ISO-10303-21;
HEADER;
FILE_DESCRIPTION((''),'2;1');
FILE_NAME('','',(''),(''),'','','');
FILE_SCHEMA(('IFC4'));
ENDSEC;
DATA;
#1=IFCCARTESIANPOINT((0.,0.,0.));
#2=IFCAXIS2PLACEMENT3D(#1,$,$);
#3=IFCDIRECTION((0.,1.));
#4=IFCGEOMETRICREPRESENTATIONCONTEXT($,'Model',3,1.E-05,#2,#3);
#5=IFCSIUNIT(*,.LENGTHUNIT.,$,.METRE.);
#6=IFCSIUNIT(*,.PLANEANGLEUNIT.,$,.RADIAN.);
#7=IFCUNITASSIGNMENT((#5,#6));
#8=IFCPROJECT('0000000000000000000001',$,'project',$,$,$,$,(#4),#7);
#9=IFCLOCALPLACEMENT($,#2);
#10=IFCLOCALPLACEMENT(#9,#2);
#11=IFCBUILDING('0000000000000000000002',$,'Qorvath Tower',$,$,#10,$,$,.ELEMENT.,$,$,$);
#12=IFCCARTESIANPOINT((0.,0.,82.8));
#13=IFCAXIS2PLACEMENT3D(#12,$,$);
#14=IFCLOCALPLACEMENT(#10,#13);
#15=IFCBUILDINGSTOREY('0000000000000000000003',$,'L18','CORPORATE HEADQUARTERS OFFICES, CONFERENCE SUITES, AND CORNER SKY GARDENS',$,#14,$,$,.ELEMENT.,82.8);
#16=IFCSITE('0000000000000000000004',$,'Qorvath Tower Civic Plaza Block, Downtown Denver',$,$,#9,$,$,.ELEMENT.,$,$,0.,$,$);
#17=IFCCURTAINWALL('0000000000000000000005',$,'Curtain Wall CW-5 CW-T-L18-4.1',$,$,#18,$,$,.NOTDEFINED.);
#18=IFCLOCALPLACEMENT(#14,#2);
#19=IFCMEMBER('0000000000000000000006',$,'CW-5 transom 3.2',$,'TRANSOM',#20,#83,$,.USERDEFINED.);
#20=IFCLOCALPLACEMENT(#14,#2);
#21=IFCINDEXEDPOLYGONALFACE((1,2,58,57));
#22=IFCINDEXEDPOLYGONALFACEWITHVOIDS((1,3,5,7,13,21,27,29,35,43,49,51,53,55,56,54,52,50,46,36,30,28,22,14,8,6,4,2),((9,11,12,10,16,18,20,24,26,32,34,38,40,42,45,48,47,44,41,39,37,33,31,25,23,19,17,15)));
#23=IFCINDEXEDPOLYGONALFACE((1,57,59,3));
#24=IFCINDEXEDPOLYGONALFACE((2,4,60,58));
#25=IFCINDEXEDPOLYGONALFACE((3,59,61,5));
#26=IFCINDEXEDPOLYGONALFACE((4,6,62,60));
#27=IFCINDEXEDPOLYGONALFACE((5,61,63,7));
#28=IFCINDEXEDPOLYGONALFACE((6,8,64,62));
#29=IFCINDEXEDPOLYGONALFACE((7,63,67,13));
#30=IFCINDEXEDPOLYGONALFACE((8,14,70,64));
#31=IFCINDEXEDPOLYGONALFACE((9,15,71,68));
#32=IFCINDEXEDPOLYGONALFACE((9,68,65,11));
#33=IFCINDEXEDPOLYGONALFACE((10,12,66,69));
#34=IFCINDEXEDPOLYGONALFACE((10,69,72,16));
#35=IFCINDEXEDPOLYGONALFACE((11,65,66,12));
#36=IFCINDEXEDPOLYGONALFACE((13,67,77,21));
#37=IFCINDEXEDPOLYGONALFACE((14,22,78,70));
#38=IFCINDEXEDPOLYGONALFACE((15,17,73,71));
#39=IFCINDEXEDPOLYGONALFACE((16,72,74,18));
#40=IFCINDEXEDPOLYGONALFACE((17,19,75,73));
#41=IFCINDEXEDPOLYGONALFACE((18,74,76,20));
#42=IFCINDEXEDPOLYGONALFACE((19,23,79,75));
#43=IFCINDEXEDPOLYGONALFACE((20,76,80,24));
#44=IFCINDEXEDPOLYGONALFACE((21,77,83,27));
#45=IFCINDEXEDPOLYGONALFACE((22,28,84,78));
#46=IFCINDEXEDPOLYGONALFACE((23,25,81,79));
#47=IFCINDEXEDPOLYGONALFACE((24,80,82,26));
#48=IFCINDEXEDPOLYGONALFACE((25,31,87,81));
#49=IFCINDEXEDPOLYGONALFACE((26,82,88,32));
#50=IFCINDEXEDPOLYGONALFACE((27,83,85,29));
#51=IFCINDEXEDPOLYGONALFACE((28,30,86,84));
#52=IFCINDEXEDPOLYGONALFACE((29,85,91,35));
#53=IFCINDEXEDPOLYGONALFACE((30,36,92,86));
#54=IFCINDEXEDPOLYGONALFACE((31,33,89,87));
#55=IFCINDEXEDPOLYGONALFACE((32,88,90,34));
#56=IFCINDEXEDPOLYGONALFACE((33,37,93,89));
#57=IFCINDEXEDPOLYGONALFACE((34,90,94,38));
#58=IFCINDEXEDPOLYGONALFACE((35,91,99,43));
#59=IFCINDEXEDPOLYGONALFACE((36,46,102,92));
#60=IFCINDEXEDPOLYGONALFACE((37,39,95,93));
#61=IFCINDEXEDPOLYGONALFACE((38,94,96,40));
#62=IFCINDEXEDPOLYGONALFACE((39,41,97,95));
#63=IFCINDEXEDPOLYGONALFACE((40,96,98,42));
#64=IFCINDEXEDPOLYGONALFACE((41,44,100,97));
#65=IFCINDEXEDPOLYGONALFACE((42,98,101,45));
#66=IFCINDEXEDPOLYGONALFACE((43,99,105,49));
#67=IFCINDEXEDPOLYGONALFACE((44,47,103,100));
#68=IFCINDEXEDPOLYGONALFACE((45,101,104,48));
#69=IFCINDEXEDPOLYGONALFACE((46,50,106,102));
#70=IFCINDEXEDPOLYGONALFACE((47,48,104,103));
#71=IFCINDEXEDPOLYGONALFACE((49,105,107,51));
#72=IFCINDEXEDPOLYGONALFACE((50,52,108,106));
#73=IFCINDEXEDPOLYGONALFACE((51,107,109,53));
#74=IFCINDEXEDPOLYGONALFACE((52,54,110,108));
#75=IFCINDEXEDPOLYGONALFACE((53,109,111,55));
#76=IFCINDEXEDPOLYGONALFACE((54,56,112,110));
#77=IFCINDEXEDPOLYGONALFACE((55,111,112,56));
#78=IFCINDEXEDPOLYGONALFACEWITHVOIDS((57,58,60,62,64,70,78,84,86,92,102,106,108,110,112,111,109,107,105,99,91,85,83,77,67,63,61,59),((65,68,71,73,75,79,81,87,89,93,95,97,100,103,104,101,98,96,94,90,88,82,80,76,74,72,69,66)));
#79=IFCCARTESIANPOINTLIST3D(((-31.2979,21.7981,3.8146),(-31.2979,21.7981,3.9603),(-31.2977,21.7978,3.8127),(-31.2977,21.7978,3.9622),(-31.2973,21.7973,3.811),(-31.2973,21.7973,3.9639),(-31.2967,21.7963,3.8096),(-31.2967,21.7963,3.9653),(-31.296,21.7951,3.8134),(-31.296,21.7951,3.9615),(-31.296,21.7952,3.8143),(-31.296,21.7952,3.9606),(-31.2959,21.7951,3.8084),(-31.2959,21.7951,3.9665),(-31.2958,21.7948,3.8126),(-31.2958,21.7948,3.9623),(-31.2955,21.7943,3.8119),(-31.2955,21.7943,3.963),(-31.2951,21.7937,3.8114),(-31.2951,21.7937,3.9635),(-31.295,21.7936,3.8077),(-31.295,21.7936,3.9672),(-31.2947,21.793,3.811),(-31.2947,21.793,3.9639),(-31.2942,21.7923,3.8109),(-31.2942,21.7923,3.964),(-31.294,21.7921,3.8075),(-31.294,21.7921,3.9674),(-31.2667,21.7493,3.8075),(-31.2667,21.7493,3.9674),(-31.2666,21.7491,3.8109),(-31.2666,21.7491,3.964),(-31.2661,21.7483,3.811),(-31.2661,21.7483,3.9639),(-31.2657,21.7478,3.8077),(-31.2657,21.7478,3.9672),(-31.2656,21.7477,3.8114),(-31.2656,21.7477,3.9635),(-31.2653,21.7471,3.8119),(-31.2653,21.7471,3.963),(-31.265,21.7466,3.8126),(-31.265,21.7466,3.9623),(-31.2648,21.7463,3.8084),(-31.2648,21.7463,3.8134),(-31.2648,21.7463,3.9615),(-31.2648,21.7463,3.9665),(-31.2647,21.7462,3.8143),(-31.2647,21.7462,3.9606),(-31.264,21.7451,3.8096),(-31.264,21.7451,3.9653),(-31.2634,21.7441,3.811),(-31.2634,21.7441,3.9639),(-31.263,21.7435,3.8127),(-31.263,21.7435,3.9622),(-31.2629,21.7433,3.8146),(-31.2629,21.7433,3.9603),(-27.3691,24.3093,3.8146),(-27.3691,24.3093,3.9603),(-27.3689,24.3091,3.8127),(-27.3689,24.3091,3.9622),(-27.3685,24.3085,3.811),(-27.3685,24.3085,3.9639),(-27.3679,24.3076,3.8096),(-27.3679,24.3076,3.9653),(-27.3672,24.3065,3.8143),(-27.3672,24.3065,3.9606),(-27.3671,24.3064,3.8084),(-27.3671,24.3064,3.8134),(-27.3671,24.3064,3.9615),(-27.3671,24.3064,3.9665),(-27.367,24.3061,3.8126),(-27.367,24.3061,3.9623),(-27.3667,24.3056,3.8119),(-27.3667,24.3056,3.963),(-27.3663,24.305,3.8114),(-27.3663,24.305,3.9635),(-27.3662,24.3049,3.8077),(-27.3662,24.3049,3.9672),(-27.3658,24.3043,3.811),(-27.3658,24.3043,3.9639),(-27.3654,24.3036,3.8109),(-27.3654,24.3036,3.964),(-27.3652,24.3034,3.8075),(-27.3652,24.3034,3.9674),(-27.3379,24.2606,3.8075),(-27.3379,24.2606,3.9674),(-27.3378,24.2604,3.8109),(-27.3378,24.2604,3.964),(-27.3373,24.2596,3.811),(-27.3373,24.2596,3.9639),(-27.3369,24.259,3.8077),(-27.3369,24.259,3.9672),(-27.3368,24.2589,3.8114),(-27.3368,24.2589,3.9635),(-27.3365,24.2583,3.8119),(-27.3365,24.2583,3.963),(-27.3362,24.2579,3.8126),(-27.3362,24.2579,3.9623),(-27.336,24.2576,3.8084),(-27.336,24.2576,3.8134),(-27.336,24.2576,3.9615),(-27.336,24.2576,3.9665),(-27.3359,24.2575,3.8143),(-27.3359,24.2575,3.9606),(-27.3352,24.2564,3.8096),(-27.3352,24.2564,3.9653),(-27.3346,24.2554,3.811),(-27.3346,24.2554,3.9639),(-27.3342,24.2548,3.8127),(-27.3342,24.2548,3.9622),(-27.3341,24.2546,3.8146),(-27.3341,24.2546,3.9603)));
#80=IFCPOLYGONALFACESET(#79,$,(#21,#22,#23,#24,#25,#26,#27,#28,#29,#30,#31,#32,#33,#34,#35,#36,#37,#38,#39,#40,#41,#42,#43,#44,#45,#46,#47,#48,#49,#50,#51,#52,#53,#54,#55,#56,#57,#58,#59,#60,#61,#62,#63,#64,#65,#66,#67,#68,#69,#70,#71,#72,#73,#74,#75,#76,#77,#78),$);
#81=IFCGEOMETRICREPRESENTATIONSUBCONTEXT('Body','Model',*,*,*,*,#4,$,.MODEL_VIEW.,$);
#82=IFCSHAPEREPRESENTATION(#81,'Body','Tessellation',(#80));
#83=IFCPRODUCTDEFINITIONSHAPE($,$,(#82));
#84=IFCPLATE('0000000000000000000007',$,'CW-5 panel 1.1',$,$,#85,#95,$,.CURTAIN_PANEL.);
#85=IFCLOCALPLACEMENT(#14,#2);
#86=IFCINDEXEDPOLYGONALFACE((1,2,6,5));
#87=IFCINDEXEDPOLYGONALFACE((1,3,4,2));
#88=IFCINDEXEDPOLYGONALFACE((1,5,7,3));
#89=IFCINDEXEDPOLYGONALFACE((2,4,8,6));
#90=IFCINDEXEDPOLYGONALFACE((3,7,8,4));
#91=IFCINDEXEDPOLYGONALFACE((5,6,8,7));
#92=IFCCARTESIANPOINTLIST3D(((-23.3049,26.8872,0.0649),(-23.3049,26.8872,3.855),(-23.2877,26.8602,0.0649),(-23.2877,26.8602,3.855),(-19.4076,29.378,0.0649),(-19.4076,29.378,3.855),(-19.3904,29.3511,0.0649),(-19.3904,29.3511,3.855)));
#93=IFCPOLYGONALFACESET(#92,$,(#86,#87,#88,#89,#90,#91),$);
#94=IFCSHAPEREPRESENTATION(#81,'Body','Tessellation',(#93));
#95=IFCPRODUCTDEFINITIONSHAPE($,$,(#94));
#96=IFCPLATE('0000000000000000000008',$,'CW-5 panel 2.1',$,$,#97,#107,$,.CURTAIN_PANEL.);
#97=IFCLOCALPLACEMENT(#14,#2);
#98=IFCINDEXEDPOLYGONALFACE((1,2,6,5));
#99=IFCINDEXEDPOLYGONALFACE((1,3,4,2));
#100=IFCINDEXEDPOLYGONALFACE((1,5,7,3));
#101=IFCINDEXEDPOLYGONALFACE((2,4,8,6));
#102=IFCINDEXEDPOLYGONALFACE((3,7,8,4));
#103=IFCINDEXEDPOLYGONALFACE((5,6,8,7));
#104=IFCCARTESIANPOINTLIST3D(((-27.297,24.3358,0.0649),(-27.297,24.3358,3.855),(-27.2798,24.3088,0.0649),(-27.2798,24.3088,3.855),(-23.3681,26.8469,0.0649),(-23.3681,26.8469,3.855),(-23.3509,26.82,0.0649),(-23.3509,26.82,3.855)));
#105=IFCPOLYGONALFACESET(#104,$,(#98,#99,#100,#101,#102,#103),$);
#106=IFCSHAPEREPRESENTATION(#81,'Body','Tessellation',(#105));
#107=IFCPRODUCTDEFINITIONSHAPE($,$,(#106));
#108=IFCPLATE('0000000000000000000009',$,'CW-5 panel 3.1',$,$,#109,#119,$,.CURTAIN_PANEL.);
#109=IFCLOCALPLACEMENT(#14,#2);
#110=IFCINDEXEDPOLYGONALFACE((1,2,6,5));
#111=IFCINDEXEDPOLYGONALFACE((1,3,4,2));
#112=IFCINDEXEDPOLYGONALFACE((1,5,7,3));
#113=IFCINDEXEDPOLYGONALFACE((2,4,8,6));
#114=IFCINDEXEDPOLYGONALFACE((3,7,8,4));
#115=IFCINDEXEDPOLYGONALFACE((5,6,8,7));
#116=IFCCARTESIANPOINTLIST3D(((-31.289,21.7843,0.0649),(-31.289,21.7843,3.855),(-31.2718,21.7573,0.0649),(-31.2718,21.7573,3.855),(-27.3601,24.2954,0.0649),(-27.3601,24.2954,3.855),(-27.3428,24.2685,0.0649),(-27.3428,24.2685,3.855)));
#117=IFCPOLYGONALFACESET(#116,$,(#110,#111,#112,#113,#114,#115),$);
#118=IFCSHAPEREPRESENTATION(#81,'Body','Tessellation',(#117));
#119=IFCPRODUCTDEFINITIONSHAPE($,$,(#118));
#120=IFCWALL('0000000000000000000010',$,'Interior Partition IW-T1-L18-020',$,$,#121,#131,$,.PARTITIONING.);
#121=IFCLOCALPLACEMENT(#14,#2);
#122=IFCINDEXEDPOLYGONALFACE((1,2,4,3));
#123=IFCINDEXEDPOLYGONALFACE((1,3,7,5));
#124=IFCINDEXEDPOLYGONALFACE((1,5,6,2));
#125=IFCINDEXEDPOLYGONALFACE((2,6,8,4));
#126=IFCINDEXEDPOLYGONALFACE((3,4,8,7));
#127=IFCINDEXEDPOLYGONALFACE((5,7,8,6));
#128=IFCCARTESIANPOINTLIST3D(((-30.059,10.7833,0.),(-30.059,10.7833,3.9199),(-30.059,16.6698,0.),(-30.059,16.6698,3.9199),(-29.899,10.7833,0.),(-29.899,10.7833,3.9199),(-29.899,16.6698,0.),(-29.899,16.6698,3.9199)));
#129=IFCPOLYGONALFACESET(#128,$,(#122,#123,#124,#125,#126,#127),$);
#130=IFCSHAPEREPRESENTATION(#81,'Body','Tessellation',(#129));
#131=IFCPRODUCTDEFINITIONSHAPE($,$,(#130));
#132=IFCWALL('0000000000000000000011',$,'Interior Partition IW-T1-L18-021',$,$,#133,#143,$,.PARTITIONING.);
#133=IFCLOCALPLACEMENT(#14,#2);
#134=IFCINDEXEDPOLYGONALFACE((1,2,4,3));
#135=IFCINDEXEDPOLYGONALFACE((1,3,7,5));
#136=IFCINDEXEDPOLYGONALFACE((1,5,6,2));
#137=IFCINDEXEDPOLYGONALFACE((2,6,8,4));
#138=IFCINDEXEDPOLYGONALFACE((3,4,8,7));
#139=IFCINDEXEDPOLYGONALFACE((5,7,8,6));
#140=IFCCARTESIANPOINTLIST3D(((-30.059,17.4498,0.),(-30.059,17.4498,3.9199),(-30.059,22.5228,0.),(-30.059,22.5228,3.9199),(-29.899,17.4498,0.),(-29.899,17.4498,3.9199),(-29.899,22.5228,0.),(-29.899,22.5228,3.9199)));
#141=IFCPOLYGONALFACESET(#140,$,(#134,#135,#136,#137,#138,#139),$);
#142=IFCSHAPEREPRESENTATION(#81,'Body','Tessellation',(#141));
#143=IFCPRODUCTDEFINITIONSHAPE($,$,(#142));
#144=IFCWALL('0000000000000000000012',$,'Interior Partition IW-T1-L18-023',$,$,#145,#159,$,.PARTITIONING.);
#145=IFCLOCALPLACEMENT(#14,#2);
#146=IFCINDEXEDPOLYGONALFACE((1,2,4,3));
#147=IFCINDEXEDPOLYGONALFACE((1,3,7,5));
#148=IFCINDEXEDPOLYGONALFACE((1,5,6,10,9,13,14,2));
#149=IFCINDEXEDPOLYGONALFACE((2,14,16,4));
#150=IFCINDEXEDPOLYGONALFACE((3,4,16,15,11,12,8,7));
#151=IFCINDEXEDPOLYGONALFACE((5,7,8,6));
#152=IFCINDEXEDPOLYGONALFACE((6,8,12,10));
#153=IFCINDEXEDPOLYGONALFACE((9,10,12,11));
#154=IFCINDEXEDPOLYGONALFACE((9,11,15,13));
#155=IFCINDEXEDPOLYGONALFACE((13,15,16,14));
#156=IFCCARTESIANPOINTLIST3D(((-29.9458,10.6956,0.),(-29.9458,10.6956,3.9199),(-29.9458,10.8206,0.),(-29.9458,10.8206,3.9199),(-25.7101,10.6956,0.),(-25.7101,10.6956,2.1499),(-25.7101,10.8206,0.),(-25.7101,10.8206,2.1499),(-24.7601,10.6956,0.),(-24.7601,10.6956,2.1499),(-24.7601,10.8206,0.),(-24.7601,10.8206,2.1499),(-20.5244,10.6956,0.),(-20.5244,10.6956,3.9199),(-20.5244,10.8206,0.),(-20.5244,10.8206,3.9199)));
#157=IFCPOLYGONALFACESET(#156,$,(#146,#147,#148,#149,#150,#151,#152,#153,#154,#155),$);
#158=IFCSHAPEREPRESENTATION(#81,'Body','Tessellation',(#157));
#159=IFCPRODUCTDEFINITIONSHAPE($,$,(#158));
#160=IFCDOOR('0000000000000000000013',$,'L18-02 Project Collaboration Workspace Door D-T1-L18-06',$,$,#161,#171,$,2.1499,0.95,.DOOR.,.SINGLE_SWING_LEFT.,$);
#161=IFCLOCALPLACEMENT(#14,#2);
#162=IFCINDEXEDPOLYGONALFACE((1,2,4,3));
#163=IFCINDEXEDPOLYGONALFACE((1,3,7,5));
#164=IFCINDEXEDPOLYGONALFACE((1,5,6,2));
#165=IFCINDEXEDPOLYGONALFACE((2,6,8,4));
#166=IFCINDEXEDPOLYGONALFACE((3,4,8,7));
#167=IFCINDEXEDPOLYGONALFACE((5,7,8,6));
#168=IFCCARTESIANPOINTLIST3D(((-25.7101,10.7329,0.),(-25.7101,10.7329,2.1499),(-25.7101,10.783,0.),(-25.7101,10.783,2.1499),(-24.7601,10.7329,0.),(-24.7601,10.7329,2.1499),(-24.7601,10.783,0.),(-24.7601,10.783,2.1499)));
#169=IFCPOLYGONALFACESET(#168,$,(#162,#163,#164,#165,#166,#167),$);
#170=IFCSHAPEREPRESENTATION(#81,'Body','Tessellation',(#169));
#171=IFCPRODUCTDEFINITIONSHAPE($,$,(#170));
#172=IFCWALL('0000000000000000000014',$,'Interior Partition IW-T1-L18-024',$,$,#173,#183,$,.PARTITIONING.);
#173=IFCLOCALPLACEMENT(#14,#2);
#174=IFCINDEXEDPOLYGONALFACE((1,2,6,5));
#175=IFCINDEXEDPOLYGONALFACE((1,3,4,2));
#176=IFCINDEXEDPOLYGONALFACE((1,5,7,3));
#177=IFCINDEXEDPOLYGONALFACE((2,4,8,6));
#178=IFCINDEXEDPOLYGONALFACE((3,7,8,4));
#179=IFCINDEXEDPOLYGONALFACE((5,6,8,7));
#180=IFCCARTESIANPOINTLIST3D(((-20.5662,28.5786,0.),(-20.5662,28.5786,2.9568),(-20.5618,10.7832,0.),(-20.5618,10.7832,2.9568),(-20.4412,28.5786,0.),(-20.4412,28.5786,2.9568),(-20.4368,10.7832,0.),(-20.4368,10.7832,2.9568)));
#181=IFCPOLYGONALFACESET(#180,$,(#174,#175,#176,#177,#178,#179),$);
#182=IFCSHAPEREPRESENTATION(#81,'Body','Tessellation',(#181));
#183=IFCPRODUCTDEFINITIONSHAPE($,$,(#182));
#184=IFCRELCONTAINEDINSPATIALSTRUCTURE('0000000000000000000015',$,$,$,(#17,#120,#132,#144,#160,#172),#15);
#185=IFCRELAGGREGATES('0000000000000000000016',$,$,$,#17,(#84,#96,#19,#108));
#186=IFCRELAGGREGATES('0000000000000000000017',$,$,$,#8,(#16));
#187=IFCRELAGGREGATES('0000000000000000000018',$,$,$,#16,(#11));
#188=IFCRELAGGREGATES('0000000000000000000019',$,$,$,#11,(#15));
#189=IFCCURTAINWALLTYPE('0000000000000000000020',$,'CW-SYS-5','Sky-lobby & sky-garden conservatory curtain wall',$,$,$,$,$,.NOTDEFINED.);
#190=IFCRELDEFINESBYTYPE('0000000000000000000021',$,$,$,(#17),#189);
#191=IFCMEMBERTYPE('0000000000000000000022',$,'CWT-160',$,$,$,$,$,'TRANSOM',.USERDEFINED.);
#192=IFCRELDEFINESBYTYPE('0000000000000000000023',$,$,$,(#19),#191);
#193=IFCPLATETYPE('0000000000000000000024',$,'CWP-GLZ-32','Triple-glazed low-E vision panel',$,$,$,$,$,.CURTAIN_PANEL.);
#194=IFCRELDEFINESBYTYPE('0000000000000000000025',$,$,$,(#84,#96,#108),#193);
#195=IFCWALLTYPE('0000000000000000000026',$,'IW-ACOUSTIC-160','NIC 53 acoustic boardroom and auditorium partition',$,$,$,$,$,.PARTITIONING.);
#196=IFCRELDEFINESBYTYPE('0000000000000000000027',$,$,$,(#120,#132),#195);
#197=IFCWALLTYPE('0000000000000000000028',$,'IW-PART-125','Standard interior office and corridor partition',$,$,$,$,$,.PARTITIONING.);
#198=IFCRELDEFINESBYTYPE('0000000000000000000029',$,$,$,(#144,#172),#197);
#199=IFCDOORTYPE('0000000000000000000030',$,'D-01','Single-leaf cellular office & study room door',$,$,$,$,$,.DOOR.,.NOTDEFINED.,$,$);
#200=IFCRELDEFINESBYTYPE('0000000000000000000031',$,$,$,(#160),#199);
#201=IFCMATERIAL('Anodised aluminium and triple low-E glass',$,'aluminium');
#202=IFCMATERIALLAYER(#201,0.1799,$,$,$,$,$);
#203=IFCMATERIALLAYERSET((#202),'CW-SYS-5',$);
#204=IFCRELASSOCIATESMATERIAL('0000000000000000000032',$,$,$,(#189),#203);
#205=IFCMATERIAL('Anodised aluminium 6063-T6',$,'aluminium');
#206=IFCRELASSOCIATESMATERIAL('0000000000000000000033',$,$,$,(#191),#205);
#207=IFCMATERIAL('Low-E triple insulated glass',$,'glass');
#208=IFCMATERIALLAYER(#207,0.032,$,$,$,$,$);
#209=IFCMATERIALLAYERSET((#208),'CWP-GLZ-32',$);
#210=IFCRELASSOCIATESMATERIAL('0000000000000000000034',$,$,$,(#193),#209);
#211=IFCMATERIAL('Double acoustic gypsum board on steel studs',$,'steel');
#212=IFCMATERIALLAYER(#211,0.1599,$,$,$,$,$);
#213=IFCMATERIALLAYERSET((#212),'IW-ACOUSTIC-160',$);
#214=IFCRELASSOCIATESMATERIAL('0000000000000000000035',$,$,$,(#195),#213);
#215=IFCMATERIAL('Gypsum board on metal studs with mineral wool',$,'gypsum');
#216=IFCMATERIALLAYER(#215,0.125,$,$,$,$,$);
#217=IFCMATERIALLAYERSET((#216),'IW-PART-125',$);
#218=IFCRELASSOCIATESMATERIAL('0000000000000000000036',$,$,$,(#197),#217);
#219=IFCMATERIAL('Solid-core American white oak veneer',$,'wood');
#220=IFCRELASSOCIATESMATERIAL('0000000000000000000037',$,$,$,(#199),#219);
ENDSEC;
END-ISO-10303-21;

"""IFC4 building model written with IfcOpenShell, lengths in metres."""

from ifc_helpers import new_model, si_unit, direction, frame, frame_2d, origin, origin_2d, place, context, subcontext, project, spatial, rectangle, hollow_rectangle, extrude, material, layer, layer_set, material_profile, profile_set, type_object, element, fill, aggregate, save


model = new_model("IFC4")

# Units and contexts
model_context = context("Model", 3, precision=1e-05, world=origin(), true_north=direction((0.0, 1.0)))
body_context = subcontext(model_context, "Body", "Model", "MODEL_VIEW")
ifc_project = project(units=[si_unit("LENGTHUNIT", "METRE"), si_unit("PLANEANGLEUNIT", "RADIAN")], contexts=[model_context])

# Site, building, storey
site_placement = place(None, origin())
site = spatial("IfcSite", under=ifc_project, at=site_placement, Name="Qorvath Tower Civic Plaza Block, Downtown Denver", CompositionType="ELEMENT", RefElevation=0.0)
building_placement = place(site_placement, origin())
building = spatial("IfcBuilding", under=site, at=building_placement, Name="Qorvath Tower", CompositionType="ELEMENT")
storey_placement = place(building_placement, frame((0.0, 0.0, 82.8)))
storey = spatial("IfcBuildingStorey", under=building, at=storey_placement, Name="L18", Description="CORPORATE HEADQUARTERS OFFICES, CONFERENCE SUITES, AND CORNER SKY GARDENS", CompositionType="ELEMENT", Elevation=82.8)

# Curtain wall, member, plates
ifc_material_1 = material(Name="Anodised aluminium and triple low-E glass", Category="aluminium")
ifc_layer_1 = layer(ifc_material_1, 0.1799)
ifc_layer_set_1 = layer_set([ifc_layer_1], Name="CW-SYS-5")
curtain_wall_type = type_object("IfcCurtainWallType", Name="CW-SYS-5", Description="Sky-lobby & sky-garden conservatory curtain wall", PredefinedType="NOTDEFINED", material=ifc_layer_set_1)
curtain_wall_placement = place(storey_placement, origin())
curtain_wall = element("IfcCurtainWall", 1, at=curtain_wall_placement, inside=storey, type_object=curtain_wall_type, Name="Curtain Wall CW-5 CW-T-L18-4.1", PredefinedType="NOTDEFINED")
ifc_material_2 = material(Name="Anodised aluminium 6063-T6", Category="aluminium")
ifc_material_profile_1 = material_profile(ifc_material_2, hollow_rectangle(XDim=0.0649, YDim=0.1599, WallThickness=0.0034, InnerFilletRadius=0.0034, OuterFilletRadius=0.0071, at=origin_2d()), Name="CWT 160x65")
ifc_profile_set_1 = profile_set([ifc_material_profile_1], Name="Anodised aluminium 6063-T6")
member_type_1 = type_object("IfcMemberType", Name="CWT-160", ElementType="TRANSOM", PredefinedType="USERDEFINED", material=ifc_profile_set_1)
member_1_placement = place(storey_placement, frame((-27.3516, 24.282, 3.8875), z_axis=(-0.842577, -0.538575, 0.0), x_axis=(0.538575, -0.842577, 0.0)))
member_1 = element("IfcMember", 2, at=member_1_placement, type_object=member_type_1, Name="CW-5 transom 3.2", ObjectType="TRANSOM", PredefinedType="USERDEFINED", context=body_context, shape_type="SweptSolid", body=[
    extrude(hollow_rectangle(XDim=0.0649, YDim=0.1599, WallThickness=0.0034, InnerFilletRadius=0.0034, OuterFilletRadius=0.0071, at=origin_2d()), origin(), (0.0, 0.0, 1.0), 4.6628),
])
ifc_material_3 = material(Name="Low-E triple insulated glass", Category="glass")
ifc_layer_2 = layer(ifc_material_3, 0.032)
ifc_layer_set_2 = layer_set([ifc_layer_2], Name="CWP-GLZ-32")
plate_type = type_object("IfcPlateType", Name="CWP-GLZ-32", Description="Triple-glazed low-E vision panel", PredefinedType="CURTAIN_PANEL", material=ifc_layer_set_2)
plate_1_placement = place(storey_placement, frame((-21.3477, 28.1191, 0.0649), z_axis=(0.0, 0.0, 1.0), x_axis=(-0.842601, -0.538538, 0.0)))
plate_1 = element("IfcPlate", 3, at=plate_1_placement, type_object=plate_type, Name="CW-5 panel 1.1", PredefinedType="CURTAIN_PANEL", context=body_context, shape_type="SweptSolid", body=[
    extrude(rectangle(XDim=4.6252, YDim=0.032, at=origin_2d()), origin(), (0.0, 0.0, 1.0), 3.79),
])
plate_2_placement = place(storey_placement, frame((-25.324, 25.5779, 0.0649), z_axis=(0.0, 0.0, 1.0), x_axis=(-0.842601, -0.538538, 0.0)))
plate_2 = element("IfcPlate", 4, at=plate_2_placement, type_object=plate_type, Name="CW-5 panel 2.1", PredefinedType="CURTAIN_PANEL", context=body_context, shape_type="SweptSolid", body=[
    extrude(rectangle(XDim=4.6628, YDim=0.032, at=origin_2d()), origin(), (0.0, 0.0, 1.0), 3.79),
])
plate_3_placement = place(storey_placement, frame((-29.3159, 23.0264, 0.0649), z_axis=(0.0, 0.0, 1.0), x_axis=(-0.842601, -0.538538, 0.0)))
plate_3 = element("IfcPlate", 5, at=plate_3_placement, type_object=plate_type, Name="CW-5 panel 3.1", PredefinedType="CURTAIN_PANEL", context=body_context, shape_type="SweptSolid", body=[
    extrude(rectangle(XDim=4.6628, YDim=0.032, at=origin_2d()), origin(), (0.0, 0.0, 1.0), 3.79),
])
aggregate(curtain_wall, [plate_1, plate_2, member_1, plate_3])

# Walls
ifc_material_4 = material(Name="Double acoustic gypsum board on steel studs", Category="steel")
ifc_layer_3 = layer(ifc_material_4, 0.1599)
ifc_layer_set_3 = layer_set([ifc_layer_3], Name="IW-ACOUSTIC-160")
wall_type_1 = type_object("IfcWallType", Name="IW-ACOUSTIC-160", Description="NIC 53 acoustic boardroom and auditorium partition", PredefinedType="PARTITIONING", material=ifc_layer_set_3)
wall_1_placement = place(storey_placement, frame((-29.979, 10.7832, 0.0), z_axis=(0.0, 0.0, 1.0), x_axis=(0.0, 1.0, 0.0)))
element("IfcWall", 6, at=wall_1_placement, inside=storey, type_object=wall_type_1, Name="Interior Partition IW-T1-L18-020", PredefinedType="PARTITIONING", context=body_context, shape_type="SweptSolid", body=[
    extrude(rectangle(XDim=5.8865, YDim=0.1599, at=frame_2d((2.9434, 0.0))), origin(), (0.0, 0.0, 1.0), 3.9199),
])
wall_2_placement = place(storey_placement, frame((-29.979, 17.4497, 0.0), z_axis=(0.0, 0.0, 1.0), x_axis=(0.0, 1.0, 0.0)))
element("IfcWall", 7, at=wall_2_placement, inside=storey, type_object=wall_type_1, Name="Interior Partition IW-T1-L18-021", PredefinedType="PARTITIONING", context=body_context, shape_type="SweptSolid", body=[
    extrude(rectangle(XDim=5.073, YDim=0.1599, at=frame_2d((2.5366, 0.0))), origin(), (0.0, 0.0, 1.0), 3.9199),
])

# Wall, opening, door
ifc_material_5 = material(Name="Gypsum board on metal studs with mineral wool", Category="gypsum")
ifc_layer_4 = layer(ifc_material_5, 0.125)
ifc_layer_set_4 = layer_set([ifc_layer_4], Name="IW-PART-125")
wall_type_2 = type_object("IfcWallType", Name="IW-PART-125", Description="Standard interior office and corridor partition", PredefinedType="PARTITIONING", material=ifc_layer_set_4)
wall_3_placement = place(storey_placement, frame((-29.9458, 10.7581, 0.0), z_axis=(0.0, 0.0, 1.0), x_axis=(1.0, 0.0, 0.0)))
wall_3 = element("IfcWall", 8, at=wall_3_placement, inside=storey, type_object=wall_type_2, Name="Interior Partition IW-T1-L18-023", PredefinedType="PARTITIONING", context=body_context, shape_type="SweptSolid", body=[
    extrude(rectangle(XDim=9.4214, YDim=0.125, at=frame_2d((4.7107, 0.0))), origin(), (0.0, 0.0, 1.0), 3.9199),
])
opening_1_placement = place(wall_3_placement, frame((4.2356, 0.0, 0.0)))
opening_1 = element("IfcOpeningElement", 9, at=opening_1_placement, cuts=wall_3, PredefinedType="OPENING", context=body_context, shape_type="SweptSolid", body=[
    extrude(rectangle(XDim=0.95, YDim=2.1499, at=frame_2d((0.4751, 1.075))), frame((0.0, 0.0725, 0.0), z_axis=(0.0, -1.0, 0.0), x_axis=(1.0, 0.0, 0.0)), (0.0, 0.0, 1.0), 0.145),
])
ifc_material_6 = material(Name="Solid-core American white oak veneer", Category="wood")
door_type = type_object("IfcDoorType", Name="D-01", Description="Single-leaf cellular office & study room door", OperationType="NOTDEFINED", PredefinedType="DOOR", material=ifc_material_6)
door_1_placement = place(opening_1_placement, origin())
door_1 = element("IfcDoor", 10, at=door_1_placement, inside=storey, type_object=door_type, Name="L18-02 Project Collaboration Workspace Door D-T1-L18-06", OperationType="SINGLE_SWING_LEFT", OverallHeight=2.1499, OverallWidth=0.95, PredefinedType="DOOR", context=body_context, shape_type="SweptSolid", body=[
    extrude(rectangle(XDim=0.95, YDim=2.1499, at=frame_2d((0.4751, 1.075))), frame((0.0, 0.0249, 0.0), z_axis=(0.0, -1.0, 0.0), x_axis=(1.0, 0.0, 0.0)), (0.0, 0.0, 1.0), 0.05),
])
fill(opening_1, door_1)

# Wall
wall_4_placement = place(storey_placement, frame((-20.4993, 10.7832, 0.0), z_axis=(0.0, 0.0, 1.0), x_axis=(-0.000247, 1.0, 0.0)))
element("IfcWall", 11, at=wall_4_placement, inside=storey, type_object=wall_type_2, Name="Interior Partition IW-T1-L18-024", PredefinedType="PARTITIONING", context=body_context, shape_type="SweptSolid", body=[
    extrude(rectangle(XDim=17.7954, YDim=0.125, at=frame_2d((8.8977, 0.0))), origin(), (0.0, 0.0, 1.0), 2.9568),
])

save(model, "model.ifc")
